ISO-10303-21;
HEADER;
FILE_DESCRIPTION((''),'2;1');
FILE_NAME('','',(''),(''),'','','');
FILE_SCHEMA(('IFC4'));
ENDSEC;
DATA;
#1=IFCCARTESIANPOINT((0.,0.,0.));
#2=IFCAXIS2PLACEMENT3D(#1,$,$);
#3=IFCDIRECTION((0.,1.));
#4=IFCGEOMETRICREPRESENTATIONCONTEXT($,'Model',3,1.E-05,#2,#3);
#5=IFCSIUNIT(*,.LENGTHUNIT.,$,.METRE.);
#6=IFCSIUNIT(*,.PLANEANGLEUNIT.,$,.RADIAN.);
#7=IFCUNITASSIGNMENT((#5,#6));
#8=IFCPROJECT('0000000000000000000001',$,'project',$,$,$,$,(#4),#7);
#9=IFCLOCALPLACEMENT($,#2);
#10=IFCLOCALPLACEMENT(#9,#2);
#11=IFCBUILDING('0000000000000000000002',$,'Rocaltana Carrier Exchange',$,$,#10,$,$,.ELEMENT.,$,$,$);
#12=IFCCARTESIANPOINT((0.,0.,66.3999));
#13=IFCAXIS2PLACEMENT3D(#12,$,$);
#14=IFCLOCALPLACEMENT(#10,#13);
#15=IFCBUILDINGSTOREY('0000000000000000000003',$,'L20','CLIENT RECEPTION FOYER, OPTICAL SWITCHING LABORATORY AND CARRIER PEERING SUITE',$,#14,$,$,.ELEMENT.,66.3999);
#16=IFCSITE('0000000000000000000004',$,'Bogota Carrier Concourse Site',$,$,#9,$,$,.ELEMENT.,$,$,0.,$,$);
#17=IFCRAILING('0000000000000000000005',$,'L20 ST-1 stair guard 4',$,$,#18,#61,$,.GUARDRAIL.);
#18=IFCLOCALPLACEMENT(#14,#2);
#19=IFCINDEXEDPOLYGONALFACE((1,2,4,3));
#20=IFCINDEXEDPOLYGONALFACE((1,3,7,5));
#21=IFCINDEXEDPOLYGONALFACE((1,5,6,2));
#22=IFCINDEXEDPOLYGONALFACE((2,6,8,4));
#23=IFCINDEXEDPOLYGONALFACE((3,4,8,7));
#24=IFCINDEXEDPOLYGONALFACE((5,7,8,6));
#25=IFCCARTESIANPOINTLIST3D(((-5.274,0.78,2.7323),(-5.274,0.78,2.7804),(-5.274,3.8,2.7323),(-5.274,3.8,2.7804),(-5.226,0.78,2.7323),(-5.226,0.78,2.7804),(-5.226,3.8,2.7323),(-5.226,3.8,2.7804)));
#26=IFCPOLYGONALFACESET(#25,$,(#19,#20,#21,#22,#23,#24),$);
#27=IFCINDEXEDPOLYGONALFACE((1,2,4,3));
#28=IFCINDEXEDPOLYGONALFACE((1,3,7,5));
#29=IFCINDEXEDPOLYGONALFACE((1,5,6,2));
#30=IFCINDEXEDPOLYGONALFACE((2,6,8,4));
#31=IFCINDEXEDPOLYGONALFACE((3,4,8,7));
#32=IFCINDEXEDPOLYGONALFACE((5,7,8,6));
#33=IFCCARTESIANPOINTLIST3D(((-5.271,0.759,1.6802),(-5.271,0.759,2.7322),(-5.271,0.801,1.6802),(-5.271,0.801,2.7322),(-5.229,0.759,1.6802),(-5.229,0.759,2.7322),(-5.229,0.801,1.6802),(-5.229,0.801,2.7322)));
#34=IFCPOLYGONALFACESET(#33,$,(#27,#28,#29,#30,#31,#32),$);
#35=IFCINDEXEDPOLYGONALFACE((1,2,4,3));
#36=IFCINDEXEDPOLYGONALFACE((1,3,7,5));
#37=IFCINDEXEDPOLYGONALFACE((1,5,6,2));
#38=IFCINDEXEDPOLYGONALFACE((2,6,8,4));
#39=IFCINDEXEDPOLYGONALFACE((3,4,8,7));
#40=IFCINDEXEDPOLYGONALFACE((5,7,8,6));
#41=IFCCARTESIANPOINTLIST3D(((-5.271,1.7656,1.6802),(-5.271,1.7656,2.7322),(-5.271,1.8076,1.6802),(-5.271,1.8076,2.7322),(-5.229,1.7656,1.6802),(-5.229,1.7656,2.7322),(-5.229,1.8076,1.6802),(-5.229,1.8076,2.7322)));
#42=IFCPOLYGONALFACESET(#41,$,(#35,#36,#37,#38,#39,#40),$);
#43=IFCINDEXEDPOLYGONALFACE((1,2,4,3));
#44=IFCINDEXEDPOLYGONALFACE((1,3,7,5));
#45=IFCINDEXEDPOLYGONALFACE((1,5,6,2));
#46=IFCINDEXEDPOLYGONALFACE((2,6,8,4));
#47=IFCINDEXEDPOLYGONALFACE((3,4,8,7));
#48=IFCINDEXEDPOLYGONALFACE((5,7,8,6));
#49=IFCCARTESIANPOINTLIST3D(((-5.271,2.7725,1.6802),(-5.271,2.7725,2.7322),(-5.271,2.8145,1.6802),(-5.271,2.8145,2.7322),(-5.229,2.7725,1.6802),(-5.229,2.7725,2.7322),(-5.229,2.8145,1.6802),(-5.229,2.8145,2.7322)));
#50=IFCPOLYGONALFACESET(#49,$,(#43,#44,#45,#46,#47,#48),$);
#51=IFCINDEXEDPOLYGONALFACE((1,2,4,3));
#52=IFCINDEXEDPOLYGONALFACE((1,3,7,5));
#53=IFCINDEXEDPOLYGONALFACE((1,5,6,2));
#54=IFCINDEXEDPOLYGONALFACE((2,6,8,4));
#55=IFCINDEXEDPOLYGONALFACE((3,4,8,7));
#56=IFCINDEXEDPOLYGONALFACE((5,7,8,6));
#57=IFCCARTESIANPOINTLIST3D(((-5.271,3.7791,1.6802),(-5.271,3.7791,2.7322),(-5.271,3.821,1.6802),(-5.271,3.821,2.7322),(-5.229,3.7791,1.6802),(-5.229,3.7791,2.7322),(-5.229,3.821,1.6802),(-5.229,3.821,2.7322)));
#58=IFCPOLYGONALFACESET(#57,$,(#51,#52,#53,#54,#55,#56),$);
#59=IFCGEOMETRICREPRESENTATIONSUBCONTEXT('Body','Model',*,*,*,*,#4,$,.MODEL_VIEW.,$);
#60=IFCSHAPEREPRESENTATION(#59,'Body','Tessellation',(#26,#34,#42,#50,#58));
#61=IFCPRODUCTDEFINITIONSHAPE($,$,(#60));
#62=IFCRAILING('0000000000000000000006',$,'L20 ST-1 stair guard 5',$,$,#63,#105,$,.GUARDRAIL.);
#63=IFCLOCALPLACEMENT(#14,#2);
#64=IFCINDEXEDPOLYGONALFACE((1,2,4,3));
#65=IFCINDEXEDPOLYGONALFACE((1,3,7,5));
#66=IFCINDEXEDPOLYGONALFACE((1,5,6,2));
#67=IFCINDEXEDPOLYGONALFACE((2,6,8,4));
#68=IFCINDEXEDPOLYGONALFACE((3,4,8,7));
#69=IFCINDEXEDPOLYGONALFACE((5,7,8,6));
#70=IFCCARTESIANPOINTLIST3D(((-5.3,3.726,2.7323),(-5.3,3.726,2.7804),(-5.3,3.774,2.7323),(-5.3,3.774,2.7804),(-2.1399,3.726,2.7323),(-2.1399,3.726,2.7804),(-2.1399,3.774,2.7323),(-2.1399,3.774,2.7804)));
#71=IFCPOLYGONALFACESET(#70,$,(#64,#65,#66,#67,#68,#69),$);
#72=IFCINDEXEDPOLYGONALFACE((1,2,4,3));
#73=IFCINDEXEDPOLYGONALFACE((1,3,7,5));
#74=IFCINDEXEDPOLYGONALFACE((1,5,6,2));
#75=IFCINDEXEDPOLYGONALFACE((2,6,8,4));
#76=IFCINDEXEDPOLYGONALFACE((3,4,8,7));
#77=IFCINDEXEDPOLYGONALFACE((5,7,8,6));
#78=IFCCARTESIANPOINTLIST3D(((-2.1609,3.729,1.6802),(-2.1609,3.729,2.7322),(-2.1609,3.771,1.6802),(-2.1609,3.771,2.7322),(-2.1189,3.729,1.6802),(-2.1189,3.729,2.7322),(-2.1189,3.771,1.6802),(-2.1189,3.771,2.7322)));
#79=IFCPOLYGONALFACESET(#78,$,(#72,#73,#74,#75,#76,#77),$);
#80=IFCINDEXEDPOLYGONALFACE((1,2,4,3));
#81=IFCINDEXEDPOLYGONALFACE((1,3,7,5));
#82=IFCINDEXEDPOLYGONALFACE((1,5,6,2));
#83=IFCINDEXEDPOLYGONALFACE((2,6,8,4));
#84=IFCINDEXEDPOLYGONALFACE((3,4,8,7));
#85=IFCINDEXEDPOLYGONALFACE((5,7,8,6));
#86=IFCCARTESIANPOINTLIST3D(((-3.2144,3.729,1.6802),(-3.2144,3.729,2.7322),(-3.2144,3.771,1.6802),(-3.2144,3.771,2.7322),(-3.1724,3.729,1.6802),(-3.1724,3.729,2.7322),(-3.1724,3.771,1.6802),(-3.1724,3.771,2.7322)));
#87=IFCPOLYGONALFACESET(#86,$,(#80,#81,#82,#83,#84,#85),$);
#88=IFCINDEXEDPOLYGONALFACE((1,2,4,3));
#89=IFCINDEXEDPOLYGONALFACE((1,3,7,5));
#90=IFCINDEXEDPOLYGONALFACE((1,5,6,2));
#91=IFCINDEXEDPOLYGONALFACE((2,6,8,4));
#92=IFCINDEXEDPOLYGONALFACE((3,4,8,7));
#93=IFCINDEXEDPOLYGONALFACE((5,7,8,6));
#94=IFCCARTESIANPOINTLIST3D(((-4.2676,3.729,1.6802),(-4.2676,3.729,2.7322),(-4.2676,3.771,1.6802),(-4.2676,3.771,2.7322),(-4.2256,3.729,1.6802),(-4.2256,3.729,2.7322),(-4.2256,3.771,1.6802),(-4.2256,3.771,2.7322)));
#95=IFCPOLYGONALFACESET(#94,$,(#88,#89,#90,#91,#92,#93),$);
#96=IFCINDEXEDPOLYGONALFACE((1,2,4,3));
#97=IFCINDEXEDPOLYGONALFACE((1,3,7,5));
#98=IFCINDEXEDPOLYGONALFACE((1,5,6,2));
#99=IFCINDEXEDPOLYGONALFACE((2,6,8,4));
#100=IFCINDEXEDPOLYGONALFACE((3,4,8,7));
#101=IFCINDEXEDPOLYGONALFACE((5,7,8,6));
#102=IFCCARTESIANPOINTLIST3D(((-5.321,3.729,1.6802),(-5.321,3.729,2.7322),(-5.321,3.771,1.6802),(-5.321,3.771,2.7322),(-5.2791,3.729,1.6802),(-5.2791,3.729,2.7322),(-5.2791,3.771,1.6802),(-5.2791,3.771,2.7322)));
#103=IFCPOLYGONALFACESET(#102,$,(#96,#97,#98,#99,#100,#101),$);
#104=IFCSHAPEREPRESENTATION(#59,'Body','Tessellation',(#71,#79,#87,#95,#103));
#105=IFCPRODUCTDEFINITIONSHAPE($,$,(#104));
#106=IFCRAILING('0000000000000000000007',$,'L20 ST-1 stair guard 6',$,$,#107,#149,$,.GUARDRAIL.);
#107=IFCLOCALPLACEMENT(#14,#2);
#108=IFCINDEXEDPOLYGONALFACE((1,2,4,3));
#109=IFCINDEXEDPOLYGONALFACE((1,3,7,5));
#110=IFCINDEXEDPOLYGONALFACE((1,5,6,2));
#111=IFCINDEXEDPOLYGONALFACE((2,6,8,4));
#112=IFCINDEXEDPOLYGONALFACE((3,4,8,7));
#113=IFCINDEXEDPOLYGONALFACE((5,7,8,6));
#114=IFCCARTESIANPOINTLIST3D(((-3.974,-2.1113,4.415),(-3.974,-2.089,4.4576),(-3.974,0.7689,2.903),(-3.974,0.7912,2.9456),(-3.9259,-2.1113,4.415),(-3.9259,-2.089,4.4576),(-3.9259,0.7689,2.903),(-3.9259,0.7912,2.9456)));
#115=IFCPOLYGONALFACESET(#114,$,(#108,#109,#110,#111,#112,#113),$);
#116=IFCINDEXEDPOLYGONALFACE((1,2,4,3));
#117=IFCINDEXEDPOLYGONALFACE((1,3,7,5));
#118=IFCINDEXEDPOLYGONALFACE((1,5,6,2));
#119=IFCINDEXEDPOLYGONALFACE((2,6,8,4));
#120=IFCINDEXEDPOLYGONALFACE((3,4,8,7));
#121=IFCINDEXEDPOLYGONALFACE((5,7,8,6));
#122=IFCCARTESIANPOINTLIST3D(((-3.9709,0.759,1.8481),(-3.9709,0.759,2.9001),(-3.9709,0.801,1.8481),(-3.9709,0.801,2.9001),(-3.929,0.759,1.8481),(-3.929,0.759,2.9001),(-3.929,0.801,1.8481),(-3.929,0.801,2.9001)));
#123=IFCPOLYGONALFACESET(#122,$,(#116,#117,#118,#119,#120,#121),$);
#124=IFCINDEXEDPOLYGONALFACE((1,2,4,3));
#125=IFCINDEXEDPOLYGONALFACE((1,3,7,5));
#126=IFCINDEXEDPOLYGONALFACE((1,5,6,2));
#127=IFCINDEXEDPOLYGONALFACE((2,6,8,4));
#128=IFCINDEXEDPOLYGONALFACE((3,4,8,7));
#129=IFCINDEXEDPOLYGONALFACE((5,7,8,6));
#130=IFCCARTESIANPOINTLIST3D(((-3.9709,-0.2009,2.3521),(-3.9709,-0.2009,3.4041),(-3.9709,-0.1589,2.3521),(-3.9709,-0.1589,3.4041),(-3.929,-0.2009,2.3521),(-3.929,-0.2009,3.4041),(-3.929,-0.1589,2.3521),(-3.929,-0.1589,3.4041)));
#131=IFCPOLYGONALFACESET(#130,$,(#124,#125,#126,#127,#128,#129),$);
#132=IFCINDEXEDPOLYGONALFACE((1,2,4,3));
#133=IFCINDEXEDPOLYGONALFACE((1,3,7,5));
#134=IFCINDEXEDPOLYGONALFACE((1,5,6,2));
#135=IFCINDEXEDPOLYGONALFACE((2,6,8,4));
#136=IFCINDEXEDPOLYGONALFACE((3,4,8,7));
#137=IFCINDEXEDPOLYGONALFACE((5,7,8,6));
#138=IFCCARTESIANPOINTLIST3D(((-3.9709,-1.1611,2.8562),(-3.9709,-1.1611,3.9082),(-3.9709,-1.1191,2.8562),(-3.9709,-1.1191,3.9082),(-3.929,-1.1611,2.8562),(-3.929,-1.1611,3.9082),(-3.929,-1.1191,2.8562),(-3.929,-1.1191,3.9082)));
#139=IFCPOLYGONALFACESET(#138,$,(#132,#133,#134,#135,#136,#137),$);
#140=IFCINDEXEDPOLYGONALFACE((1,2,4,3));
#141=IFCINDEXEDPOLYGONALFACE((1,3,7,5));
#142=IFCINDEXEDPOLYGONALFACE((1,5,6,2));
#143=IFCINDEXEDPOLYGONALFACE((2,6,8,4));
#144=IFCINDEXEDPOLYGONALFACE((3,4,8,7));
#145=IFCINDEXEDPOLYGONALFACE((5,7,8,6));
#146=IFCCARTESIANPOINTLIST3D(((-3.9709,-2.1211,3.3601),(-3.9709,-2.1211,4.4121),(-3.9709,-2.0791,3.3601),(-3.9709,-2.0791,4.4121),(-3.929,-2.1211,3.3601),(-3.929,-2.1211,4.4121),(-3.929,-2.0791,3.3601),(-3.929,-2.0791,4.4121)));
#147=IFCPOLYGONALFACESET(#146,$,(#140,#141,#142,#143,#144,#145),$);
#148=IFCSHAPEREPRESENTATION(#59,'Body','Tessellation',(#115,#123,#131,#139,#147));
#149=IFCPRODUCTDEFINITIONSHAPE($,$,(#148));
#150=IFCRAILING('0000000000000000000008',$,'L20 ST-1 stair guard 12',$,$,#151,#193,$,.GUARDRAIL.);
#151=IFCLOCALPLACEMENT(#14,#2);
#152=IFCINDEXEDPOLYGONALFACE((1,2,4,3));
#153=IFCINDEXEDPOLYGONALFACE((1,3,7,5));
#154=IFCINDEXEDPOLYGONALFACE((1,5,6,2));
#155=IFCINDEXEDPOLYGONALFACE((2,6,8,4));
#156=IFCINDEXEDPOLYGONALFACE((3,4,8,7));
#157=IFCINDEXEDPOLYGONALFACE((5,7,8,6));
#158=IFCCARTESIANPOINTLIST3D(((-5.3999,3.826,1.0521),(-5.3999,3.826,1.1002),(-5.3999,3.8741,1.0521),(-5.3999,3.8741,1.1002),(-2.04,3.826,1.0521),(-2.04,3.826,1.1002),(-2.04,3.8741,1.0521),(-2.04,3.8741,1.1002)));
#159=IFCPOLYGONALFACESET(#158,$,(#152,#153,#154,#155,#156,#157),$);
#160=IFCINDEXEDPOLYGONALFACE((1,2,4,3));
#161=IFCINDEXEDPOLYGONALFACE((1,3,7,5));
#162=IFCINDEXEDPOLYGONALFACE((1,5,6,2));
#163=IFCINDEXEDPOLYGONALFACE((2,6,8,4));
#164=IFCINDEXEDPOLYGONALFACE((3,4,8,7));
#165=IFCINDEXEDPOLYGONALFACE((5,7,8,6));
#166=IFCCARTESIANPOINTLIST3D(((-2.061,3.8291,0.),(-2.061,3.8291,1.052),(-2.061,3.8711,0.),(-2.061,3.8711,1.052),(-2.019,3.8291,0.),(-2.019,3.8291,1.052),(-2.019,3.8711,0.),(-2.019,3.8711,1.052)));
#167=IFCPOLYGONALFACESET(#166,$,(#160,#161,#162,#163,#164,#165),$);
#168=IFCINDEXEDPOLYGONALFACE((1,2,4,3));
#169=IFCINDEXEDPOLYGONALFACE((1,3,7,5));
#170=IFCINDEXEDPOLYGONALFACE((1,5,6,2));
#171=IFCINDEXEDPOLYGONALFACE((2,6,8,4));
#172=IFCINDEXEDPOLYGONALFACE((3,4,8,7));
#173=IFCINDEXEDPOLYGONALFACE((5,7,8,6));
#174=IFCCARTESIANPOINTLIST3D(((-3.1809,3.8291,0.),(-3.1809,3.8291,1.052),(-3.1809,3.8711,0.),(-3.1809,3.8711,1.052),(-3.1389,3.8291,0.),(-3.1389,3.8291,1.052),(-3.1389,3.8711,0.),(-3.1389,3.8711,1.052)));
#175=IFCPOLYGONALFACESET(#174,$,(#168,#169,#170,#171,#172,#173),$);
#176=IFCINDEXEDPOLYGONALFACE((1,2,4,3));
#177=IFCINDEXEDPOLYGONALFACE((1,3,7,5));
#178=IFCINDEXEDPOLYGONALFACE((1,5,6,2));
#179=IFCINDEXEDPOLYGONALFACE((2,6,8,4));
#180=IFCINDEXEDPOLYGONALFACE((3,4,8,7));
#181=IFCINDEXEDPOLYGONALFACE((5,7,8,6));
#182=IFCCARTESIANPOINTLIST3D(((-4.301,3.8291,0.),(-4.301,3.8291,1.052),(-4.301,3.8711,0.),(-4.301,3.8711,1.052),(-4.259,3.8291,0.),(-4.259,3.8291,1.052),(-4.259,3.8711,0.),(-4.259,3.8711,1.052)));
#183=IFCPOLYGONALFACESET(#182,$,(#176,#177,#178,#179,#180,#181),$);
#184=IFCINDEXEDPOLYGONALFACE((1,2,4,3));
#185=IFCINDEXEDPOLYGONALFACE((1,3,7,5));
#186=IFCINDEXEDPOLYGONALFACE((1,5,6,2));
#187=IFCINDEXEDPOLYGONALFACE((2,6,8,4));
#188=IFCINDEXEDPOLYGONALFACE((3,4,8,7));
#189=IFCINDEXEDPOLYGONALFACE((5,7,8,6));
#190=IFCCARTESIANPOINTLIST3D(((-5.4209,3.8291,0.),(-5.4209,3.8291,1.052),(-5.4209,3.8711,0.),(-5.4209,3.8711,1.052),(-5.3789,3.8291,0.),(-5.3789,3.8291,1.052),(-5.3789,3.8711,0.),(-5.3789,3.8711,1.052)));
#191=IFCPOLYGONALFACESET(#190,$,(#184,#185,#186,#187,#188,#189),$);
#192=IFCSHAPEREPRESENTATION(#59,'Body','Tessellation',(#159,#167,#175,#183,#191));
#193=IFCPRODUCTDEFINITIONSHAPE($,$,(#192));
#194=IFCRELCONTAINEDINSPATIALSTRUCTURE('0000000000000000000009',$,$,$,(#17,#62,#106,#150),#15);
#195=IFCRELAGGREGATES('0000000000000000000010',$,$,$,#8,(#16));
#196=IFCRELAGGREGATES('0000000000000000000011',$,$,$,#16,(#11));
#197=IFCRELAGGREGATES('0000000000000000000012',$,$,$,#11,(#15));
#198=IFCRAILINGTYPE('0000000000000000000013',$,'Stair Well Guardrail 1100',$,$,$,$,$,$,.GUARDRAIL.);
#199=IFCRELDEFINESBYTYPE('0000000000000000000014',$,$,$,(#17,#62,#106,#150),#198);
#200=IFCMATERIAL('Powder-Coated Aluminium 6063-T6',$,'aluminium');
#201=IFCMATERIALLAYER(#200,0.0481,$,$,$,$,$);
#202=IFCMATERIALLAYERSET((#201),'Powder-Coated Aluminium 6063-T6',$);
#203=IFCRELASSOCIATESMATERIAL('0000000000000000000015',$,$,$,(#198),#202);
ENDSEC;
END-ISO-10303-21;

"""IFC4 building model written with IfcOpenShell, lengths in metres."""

from ifc_helpers import new_model, si_unit, direction, frame, origin, origin_2d, place, context, subcontext, project, spatial, rectangle, extrude, material, layer, layer_set, type_object, element, save


model = new_model("IFC4")

# Units and contexts
model_context = context("Model", 3, precision=1e-05, world=origin(), true_north=direction((0.0, 1.0)))
body_context = subcontext(model_context, "Body", "Model", "MODEL_VIEW")
ifc_project = project(units=[si_unit("LENGTHUNIT", "METRE"), si_unit("PLANEANGLEUNIT", "RADIAN")], contexts=[model_context])

# Site, building, storey
site_placement = place(None, origin())
site = spatial("IfcSite", under=ifc_project, at=site_placement, Name="Bogota Carrier Concourse Site", CompositionType="ELEMENT", RefElevation=0.0)
building_placement = place(site_placement, origin())
building = spatial("IfcBuilding", under=site, at=building_placement, Name="Rocaltana Carrier Exchange", CompositionType="ELEMENT")
storey_placement = place(building_placement, frame((0.0, 0.0, 66.3999)))
storey = spatial("IfcBuildingStorey", under=building, at=storey_placement, Name="L20", Description="CLIENT RECEPTION FOYER, OPTICAL SWITCHING LABORATORY AND CARRIER PEERING SUITE", CompositionType="ELEMENT", Elevation=66.3999)

# Railings
ifc_material_1 = material(Name="Powder-Coated Aluminium 6063-T6", Category="aluminium")
ifc_layer_1 = layer(ifc_material_1, 0.0481)
ifc_layer_set_1 = layer_set([ifc_layer_1], Name="Powder-Coated Aluminium 6063-T6")
railing_type_1 = type_object("IfcRailingType", Name="Stair Well Guardrail 1100", PredefinedType="GUARDRAIL", material=ifc_layer_set_1)
for number, where, name in (
    (1, (-5.25, 0.78, 1.6802), "L20 ST-1 stair guard 4"),
):
    element("IfcRailing", number, at=place(storey_placement, frame(where)), inside=storey, type_object=railing_type_1, Name=name, PredefinedType="GUARDRAIL", context=body_context, shape_type="SweptSolid", body=[
        extrude(rectangle(XDim=0.0481, YDim=0.0481, at=origin_2d()), frame((0.0, 0.0, 1.0762), z_axis=(0.0, 1.0, 0.0), x_axis=(-1.0, 0.0, 0.0)), (0.0, 0.0, 1.0), 3.02),
        extrude(rectangle(XDim=0.042, YDim=0.042, at=origin_2d()), origin(), (0.0, 0.0, 1.0), 1.052),
        extrude(rectangle(XDim=0.042, YDim=0.042, at=origin_2d()), frame((0.0, 1.0066, 0.0)), (0.0, 0.0, 1.0), 1.052),
        extrude(rectangle(XDim=0.042, YDim=0.042, at=origin_2d()), frame((0.0, 2.0134, 0.0)), (0.0, 0.0, 1.0), 1.052),
        extrude(rectangle(XDim=0.042, YDim=0.042, at=origin_2d()), frame((0.0, 3.02, 0.0)), (0.0, 0.0, 1.0), 1.052),
    ])
railing_1_placement = place(storey_placement, frame((-2.1399, 3.75, 1.6802)))
element("IfcRailing", 2, at=railing_1_placement, inside=storey, type_object=railing_type_1, Name="L20 ST-1 stair guard 5", PredefinedType="GUARDRAIL", context=body_context, shape_type="SweptSolid", body=[
    extrude(rectangle(XDim=0.0481, YDim=0.0481, at=origin_2d()), frame((0.0, 0.0, 1.0762), z_axis=(-1.0, 0.0, 0.0), x_axis=(0.0, -1.0, 0.0)), (0.0, 0.0, 1.0), 3.1602),
    extrude(rectangle(XDim=0.042, YDim=0.042, at=origin_2d()), origin(), (0.0, 0.0, 1.0), 1.052),
    extrude(rectangle(XDim=0.042, YDim=0.042, at=origin_2d()), frame((-1.0535, 0.0, 0.0)), (0.0, 0.0, 1.0), 1.052),
    extrude(rectangle(XDim=0.042, YDim=0.042, at=origin_2d()), frame((-2.1067, 0.0, 0.0)), (0.0, 0.0, 1.0), 1.052),
    extrude(rectangle(XDim=0.042, YDim=0.042, at=origin_2d()), frame((-3.1602, 0.0, 0.0)), (0.0, 0.0, 1.0), 1.052),
])
railing_2_placement = place(storey_placement, frame((-3.95, 0.78, 1.8481)))
element("IfcRailing", 3, at=railing_2_placement, inside=storey, type_object=railing_type_1, Name="L20 ST-1 stair guard 6", PredefinedType="GUARDRAIL", context=body_context, shape_type="SweptSolid", body=[
    extrude(rectangle(XDim=0.0481, YDim=0.0481, at=origin_2d()), frame((0.0, 0.0, 1.0762), z_axis=(0.0, -0.885411, 0.464809), x_axis=(1.0, 0.0, 0.0)), (0.0, 0.0, 1.0), 3.2529),
    extrude(rectangle(XDim=0.042, YDim=0.042, at=origin_2d()), origin(), (0.0, 0.0, 1.0), 1.052),
    extrude(rectangle(XDim=0.042, YDim=0.042, at=origin_2d()), frame((0.0, -0.96, 0.5039)), (0.0, 0.0, 1.0), 1.052),
    extrude(rectangle(XDim=0.042, YDim=0.042, at=origin_2d()), frame((0.0, -1.9202, 1.0081)), (0.0, 0.0, 1.0), 1.052),
    extrude(rectangle(XDim=0.042, YDim=0.042, at=origin_2d()), frame((0.0, -2.8801, 1.512)), (0.0, 0.0, 1.0), 1.052),
])
railing_3_placement = place(storey_placement, frame((-2.04, 3.8501, 0.0)))
element("IfcRailing", 4, at=railing_3_placement, inside=storey, type_object=railing_type_1, Name="L20 ST-1 stair guard 12", PredefinedType="GUARDRAIL", context=body_context, shape_type="SweptSolid", body=[
    extrude(rectangle(XDim=0.0481, YDim=0.0481, at=origin_2d()), frame((0.0, 0.0, 1.0762), z_axis=(-1.0, 0.0, 0.0), x_axis=(0.0, -1.0, 0.0)), (0.0, 0.0, 1.0), 3.3599),
    extrude(rectangle(XDim=0.042, YDim=0.042, at=origin_2d()), origin(), (0.0, 0.0, 1.0), 1.052),
    extrude(rectangle(XDim=0.042, YDim=0.042, at=origin_2d()), frame((-1.1199, 0.0, 0.0)), (0.0, 0.0, 1.0), 1.052),
    extrude(rectangle(XDim=0.042, YDim=0.042, at=origin_2d()), frame((-2.24, 0.0, 0.0)), (0.0, 0.0, 1.0), 1.052),
    extrude(rectangle(XDim=0.042, YDim=0.042, at=origin_2d()), frame((-3.3599, 0.0, 0.0)), (0.0, 0.0, 1.0), 1.052),
])

save(model, "model.ifc")
